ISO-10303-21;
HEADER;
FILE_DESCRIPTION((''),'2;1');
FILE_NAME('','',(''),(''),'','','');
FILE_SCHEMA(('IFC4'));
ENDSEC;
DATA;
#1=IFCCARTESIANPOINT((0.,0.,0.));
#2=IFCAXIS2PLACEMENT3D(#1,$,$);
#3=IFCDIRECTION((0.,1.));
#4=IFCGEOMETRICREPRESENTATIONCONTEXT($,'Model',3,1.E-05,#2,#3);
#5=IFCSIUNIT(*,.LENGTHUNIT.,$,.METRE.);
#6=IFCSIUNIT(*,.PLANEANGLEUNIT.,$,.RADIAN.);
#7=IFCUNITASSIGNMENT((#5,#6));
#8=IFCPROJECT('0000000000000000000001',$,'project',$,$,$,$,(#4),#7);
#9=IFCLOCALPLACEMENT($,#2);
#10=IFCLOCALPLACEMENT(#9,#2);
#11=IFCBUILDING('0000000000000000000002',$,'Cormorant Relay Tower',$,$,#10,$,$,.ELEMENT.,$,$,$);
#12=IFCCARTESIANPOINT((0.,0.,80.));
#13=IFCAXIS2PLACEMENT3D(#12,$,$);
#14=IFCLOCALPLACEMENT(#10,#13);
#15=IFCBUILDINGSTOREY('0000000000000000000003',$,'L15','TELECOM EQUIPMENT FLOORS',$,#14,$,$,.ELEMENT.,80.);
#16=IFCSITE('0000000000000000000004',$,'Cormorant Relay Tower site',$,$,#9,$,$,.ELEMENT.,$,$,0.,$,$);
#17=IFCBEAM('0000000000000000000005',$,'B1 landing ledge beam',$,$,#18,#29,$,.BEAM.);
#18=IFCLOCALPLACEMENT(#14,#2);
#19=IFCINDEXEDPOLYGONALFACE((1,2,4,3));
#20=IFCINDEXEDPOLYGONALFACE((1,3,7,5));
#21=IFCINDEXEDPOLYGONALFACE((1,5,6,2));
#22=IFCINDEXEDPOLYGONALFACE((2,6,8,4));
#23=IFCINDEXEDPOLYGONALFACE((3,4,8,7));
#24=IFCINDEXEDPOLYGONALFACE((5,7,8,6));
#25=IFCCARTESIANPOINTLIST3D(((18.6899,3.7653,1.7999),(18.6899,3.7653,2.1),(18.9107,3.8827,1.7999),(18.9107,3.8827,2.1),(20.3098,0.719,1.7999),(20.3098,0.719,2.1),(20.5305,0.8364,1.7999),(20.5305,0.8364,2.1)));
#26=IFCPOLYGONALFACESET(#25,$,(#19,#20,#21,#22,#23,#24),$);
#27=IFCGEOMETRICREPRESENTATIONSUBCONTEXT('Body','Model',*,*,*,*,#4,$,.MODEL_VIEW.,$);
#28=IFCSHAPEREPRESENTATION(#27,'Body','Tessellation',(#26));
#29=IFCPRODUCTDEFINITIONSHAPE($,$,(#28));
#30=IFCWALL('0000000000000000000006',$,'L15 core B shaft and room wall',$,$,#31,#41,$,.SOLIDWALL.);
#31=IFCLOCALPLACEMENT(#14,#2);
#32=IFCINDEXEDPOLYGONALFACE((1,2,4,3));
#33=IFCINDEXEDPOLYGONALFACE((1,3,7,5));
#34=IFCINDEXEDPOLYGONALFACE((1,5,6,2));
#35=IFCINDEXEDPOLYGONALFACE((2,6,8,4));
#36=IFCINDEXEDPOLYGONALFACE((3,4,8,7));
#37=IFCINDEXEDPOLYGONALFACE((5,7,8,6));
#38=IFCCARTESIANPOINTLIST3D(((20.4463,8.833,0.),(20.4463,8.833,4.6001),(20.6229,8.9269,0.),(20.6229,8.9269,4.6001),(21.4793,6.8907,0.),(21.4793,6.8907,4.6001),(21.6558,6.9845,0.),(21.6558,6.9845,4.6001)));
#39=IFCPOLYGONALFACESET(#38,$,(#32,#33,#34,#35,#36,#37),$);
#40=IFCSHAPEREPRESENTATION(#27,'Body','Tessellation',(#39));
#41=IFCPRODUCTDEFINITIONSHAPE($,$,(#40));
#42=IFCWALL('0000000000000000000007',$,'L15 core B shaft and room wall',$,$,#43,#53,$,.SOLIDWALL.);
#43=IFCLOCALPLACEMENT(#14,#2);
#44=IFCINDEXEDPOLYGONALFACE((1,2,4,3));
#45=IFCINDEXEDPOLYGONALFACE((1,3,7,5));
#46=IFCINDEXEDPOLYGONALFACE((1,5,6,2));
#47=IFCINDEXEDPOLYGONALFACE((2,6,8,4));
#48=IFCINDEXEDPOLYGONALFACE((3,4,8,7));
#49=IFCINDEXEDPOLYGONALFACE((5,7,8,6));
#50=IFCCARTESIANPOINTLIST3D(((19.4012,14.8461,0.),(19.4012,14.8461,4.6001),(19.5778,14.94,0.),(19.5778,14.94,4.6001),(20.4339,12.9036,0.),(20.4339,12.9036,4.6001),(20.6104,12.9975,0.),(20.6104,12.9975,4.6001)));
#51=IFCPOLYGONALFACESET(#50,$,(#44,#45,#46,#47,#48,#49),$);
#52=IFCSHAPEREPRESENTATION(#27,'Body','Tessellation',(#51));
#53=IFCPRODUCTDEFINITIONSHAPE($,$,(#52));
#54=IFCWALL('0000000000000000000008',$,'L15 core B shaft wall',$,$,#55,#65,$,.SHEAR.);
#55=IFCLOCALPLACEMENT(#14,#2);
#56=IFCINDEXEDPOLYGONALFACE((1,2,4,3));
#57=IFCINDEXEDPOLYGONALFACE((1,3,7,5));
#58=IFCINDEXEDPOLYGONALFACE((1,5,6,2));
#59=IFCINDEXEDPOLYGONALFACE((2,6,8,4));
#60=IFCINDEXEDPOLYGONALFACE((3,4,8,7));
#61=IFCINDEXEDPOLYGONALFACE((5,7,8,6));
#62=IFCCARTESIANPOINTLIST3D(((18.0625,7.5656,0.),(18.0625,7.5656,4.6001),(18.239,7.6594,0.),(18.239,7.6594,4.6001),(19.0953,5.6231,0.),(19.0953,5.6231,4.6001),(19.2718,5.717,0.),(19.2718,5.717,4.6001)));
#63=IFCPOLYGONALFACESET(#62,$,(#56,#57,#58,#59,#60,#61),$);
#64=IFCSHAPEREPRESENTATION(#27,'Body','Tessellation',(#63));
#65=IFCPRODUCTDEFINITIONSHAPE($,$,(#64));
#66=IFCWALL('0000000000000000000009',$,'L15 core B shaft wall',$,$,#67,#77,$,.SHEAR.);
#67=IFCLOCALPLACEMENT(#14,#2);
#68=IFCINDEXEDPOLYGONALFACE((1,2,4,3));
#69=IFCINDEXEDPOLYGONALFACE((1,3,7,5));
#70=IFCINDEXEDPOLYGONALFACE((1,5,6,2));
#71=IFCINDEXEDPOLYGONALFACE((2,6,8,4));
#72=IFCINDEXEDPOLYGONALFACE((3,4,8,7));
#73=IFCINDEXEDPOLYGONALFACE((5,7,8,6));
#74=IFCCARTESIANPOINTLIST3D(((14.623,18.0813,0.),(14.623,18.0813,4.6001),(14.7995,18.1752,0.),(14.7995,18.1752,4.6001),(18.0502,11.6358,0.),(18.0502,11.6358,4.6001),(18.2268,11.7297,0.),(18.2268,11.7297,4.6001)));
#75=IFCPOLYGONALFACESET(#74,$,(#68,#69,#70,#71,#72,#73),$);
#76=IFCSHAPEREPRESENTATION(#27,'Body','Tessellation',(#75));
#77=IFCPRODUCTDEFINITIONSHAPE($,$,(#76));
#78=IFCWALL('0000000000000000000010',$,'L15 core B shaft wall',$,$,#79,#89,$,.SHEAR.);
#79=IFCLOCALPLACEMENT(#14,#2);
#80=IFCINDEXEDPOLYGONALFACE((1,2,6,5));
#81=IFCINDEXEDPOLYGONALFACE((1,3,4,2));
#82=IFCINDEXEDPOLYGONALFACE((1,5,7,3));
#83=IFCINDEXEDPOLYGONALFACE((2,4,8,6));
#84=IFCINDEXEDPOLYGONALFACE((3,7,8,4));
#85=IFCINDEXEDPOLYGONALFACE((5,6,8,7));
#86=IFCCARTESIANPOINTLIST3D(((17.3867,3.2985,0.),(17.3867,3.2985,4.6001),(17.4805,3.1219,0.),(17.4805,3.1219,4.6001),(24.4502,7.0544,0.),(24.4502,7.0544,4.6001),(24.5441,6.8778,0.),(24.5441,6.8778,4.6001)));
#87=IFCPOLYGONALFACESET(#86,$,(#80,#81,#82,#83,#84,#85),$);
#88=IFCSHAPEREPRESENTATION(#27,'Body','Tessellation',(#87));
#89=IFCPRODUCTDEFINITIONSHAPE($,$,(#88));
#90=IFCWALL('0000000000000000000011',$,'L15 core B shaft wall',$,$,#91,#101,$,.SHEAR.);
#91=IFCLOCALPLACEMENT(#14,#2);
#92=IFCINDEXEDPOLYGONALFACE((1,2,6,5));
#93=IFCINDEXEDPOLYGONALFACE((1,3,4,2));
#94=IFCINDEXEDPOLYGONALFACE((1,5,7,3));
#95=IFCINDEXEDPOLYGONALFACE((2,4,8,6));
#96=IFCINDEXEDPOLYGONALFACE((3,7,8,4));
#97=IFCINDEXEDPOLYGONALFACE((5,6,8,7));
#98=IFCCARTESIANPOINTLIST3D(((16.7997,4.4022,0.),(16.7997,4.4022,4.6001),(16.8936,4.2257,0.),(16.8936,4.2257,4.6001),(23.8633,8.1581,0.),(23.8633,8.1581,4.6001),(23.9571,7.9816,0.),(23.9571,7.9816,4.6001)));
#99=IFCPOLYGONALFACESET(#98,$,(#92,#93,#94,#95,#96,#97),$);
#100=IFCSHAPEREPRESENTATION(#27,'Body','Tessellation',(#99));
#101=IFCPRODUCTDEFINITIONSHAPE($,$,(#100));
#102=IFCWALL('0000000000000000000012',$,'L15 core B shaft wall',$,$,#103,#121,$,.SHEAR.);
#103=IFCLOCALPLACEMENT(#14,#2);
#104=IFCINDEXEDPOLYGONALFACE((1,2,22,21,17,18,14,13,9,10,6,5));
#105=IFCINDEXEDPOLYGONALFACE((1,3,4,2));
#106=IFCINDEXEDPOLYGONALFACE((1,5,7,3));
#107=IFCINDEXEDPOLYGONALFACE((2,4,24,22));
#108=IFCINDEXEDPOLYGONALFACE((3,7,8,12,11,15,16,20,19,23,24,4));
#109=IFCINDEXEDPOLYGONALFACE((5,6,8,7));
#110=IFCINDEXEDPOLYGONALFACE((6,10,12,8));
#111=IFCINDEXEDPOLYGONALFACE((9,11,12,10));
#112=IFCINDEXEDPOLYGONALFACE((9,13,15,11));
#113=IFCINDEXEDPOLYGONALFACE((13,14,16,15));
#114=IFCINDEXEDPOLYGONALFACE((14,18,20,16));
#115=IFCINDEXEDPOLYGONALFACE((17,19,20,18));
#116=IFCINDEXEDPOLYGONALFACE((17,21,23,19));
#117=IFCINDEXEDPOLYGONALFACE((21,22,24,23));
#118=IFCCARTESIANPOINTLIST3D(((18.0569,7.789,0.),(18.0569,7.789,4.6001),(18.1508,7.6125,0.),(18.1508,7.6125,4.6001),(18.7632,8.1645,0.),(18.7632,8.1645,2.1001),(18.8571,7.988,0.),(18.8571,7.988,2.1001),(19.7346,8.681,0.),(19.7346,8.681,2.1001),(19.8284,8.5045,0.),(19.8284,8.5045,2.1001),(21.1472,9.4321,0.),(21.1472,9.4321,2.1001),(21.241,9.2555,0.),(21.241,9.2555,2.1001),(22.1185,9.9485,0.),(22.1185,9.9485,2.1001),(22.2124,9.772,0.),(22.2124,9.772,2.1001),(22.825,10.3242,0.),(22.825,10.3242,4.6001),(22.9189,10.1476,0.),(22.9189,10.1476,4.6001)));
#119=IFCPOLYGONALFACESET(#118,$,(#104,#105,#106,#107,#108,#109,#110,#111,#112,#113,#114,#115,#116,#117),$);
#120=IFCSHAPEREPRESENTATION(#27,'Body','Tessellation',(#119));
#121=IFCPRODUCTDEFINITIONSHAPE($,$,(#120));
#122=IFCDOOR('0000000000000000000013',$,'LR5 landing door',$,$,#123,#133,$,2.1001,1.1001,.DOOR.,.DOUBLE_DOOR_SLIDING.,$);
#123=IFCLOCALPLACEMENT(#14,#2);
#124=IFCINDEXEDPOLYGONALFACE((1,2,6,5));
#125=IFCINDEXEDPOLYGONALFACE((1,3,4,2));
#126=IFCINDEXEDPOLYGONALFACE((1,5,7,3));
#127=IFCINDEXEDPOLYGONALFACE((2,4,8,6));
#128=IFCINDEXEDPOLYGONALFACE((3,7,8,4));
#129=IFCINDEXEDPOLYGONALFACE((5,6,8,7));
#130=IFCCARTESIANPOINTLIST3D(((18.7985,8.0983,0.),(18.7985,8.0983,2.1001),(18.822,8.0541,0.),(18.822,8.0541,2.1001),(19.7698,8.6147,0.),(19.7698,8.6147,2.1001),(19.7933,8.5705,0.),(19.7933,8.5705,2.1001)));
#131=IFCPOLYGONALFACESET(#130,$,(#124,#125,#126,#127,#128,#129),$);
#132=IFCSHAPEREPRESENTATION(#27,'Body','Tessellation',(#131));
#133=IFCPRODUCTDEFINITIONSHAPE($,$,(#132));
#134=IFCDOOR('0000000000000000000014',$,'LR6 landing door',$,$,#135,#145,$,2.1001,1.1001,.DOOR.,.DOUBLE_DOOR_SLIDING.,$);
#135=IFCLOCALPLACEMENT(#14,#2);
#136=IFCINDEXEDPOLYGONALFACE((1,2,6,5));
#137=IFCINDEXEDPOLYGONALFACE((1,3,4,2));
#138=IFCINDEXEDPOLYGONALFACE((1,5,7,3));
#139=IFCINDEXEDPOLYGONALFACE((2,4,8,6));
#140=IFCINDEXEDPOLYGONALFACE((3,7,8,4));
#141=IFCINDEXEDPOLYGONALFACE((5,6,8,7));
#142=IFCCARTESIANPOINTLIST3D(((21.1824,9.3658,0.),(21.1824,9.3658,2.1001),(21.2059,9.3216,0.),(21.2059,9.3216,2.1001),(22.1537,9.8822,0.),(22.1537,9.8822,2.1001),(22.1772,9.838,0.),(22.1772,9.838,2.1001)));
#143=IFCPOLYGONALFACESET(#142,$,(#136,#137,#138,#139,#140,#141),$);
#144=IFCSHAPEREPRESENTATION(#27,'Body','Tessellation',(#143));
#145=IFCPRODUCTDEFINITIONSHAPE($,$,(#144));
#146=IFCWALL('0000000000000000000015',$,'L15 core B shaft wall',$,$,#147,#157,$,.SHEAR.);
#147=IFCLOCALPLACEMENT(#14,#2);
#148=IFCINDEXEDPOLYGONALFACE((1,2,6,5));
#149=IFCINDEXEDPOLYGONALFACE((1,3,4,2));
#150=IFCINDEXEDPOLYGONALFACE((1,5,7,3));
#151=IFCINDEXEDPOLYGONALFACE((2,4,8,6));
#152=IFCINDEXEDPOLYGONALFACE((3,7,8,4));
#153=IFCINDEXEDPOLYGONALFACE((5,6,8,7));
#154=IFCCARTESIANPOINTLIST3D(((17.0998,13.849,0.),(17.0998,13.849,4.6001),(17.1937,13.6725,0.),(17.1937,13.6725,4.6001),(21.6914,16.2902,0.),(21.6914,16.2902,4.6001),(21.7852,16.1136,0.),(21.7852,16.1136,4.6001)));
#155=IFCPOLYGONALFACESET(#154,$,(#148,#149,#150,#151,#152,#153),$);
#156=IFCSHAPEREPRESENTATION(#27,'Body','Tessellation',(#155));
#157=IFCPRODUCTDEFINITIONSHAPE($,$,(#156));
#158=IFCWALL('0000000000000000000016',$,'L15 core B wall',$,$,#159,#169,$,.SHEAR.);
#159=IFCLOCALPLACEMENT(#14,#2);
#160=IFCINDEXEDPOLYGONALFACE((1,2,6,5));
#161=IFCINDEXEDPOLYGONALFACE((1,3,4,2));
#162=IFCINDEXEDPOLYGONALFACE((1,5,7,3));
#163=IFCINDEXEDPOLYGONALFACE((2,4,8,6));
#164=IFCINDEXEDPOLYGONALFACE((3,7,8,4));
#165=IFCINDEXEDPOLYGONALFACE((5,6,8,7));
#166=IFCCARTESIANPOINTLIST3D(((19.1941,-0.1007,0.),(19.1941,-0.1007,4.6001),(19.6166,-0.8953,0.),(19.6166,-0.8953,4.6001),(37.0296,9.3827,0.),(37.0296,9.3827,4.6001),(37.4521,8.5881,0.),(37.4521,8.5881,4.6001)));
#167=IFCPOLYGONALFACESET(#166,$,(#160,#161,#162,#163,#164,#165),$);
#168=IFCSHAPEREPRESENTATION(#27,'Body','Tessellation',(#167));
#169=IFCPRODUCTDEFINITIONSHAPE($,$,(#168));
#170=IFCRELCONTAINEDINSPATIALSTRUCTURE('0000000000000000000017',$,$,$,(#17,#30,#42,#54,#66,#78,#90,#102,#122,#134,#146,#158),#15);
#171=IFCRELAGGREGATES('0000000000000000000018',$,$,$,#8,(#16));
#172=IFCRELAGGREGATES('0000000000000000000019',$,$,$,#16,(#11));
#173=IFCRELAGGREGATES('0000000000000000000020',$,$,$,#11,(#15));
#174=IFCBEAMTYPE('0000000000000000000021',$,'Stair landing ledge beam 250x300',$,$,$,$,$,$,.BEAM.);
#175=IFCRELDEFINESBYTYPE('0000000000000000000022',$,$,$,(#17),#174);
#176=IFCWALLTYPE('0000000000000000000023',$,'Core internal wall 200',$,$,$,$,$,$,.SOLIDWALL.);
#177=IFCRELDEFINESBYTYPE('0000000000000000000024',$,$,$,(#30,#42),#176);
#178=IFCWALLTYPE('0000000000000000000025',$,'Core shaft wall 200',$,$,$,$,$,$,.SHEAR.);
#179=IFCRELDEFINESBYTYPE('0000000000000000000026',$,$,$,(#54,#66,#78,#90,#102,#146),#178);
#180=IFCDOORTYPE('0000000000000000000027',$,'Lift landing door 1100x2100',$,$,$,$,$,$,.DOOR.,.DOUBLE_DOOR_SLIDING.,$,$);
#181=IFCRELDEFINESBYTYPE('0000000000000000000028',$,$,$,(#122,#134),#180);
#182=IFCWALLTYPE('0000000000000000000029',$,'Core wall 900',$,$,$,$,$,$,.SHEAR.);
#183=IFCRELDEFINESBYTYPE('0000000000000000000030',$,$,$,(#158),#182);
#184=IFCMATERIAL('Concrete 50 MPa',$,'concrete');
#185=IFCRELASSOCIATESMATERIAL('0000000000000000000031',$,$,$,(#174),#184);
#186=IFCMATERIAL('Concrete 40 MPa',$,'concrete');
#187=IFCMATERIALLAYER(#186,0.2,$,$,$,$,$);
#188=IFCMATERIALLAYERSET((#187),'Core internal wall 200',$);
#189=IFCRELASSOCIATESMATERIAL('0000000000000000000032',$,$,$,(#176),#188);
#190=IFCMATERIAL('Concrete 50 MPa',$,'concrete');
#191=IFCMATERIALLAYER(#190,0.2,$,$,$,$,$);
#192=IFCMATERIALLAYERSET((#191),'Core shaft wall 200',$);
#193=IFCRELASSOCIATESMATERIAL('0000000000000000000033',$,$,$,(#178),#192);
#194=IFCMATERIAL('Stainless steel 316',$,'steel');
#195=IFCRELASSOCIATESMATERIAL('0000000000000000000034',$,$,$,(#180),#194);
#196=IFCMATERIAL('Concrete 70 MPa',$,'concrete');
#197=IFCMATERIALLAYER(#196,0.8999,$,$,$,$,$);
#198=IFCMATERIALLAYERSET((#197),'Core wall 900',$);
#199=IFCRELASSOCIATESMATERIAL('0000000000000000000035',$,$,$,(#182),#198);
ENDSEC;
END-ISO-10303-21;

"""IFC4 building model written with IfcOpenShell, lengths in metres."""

from ifc_helpers import new_model, si_unit, direction, frame, frame_2d, origin, origin_2d, place, context, subcontext, project, spatial, rectangle, extrude, material, layer, layer_set, material_profile, profile_set, type_object, element, fill, save


model = new_model("IFC4")

# Units and contexts
model_context = context("Model", 3, precision=1e-05, world=origin(), true_north=direction((0.0, 1.0)))
body_context = subcontext(model_context, "Body", "Model", "MODEL_VIEW")
ifc_project = project(units=[si_unit("LENGTHUNIT", "METRE"), si_unit("PLANEANGLEUNIT", "RADIAN")], contexts=[model_context])

# Site, building, storey
site_placement = place(None, origin())
site = spatial("IfcSite", under=ifc_project, at=site_placement, Name="Cormorant Relay Tower site", CompositionType="ELEMENT", RefElevation=0.0)
building_placement = place(site_placement, origin())
building = spatial("IfcBuilding", under=site, at=building_placement, Name="Cormorant Relay Tower", CompositionType="ELEMENT")
storey_placement = place(building_placement, frame((0.0, 0.0, 80.0)))
storey = spatial("IfcBuildingStorey", under=building, at=storey_placement, Name="L15", Description="TELECOM EQUIPMENT FLOORS", CompositionType="ELEMENT", Elevation=80.0)

# Beam
ifc_material_1 = material(Name="Concrete 50 MPa", Category="concrete")
ifc_material_profile = material_profile(ifc_material_1, rectangle(XDim=0.25, YDim=0.3, at=origin_2d()), Name="RC 250x300")
ifc_profile_set = profile_set([ifc_material_profile], Name="Concrete 50 MPa")
beam_type = type_object("IfcBeamType", Name="Stair landing ledge beam 250x300", PredefinedType="BEAM", material=ifc_profile_set)
beam_placement = place(storey_placement, frame((18.8003, 3.824, 1.95), z_axis=(0.46949, -0.882938, 0.0), x_axis=(0.882938, 0.46949, 0.0)))
element("IfcBeam", 1, at=beam_placement, inside=storey, type_object=beam_type, Name="B1 landing ledge beam", PredefinedType="BEAM", context=body_context, shape_type="SweptSolid", body=[
    extrude(rectangle(XDim=0.25, YDim=0.3, at=origin_2d()), origin(), (0.0, 0.0, 1.0), 3.4502),
])

# Walls
ifc_material_2 = material(Name="Concrete 40 MPa", Category="concrete")
ifc_layer_1 = layer(ifc_material_2, 0.2)
ifc_layer_set_1 = layer_set([ifc_layer_1], Name="Core internal wall 200")
wall_type_1 = type_object("IfcWallType", Name="Core internal wall 200", PredefinedType="SOLIDWALL", material=ifc_layer_set_1)
for number, where, z_axis, x_axis, name in (
    (2, (21.5676, 6.9375, 0.0), (0.0, 0.0, 1.0), (-0.469534, 0.882914, 0.0), "L15 core B shaft and room wall"),
    (3, (20.5222, 12.9504, 0.0), (0.0, 0.0, 1.0), (-0.469401, 0.882985, 0.0), "L15 core B shaft and room wall"),
):
    element("IfcWall", number, at=place(storey_placement, frame(where, z_axis=z_axis, x_axis=x_axis)), inside=storey, type_object=wall_type_1, Name=name, PredefinedType="SOLIDWALL", context=body_context, shape_type="SweptSolid", body=[
        extrude(rectangle(XDim=2.2, YDim=0.2, at=frame_2d((1.1001, 0.0))), origin(), (0.0, 0.0, 1.0), 4.6001),
    ])
ifc_material_3 = material(Name="Concrete 50 MPa", Category="concrete")
ifc_layer_2 = layer(ifc_material_3, 0.2)
ifc_layer_set_2 = layer_set([ifc_layer_2], Name="Core shaft wall 200")
wall_type_2 = type_object("IfcWallType", Name="Core shaft wall 200", PredefinedType="SHEAR", material=ifc_layer_set_2)
wall_1_placement = place(storey_placement, frame((19.1836, 5.6699, 0.0), z_axis=(0.0, 0.0, 1.0), x_axis=(-0.469447, 0.88296, 0.0)))
element("IfcWall", 4, at=wall_1_placement, inside=storey, type_object=wall_type_2, Name="L15 core B shaft wall", PredefinedType="SHEAR", context=body_context, shape_type="SweptSolid", body=[
    extrude(rectangle(XDim=2.2, YDim=0.2, at=frame_2d((1.1001, 0.0))), origin(), (0.0, 0.0, 1.0), 4.6001),
])
wall_2_placement = place(storey_placement, frame((18.1384, 11.6829, 0.0), z_axis=(0.0, 0.0, 1.0), x_axis=(-0.46948, 0.882943, 0.0)))
element("IfcWall", 5, at=wall_2_placement, inside=storey, type_object=wall_type_2, Name="L15 core B shaft wall", PredefinedType="SHEAR", context=body_context, shape_type="SweptSolid", body=[
    extrude(rectangle(XDim=7.3, YDim=0.2, at=frame_2d((3.6499, 0.0))), origin(), (0.0, 0.0, 1.0), 4.6001),
])
for number, where, z_axis, x_axis, name in (
    (6, (17.4336, 3.2102, 0.0), (0.0, 0.0, 1.0), (0.88294, 0.469485, 0.0), "L15 core B shaft wall"),
    (7, (16.8467, 4.314, 0.0), (0.0, 0.0, 1.0), (0.88294, 0.469485, 0.0), "L15 core B shaft wall"),
):
    element("IfcWall", number, at=place(storey_placement, frame(where, z_axis=z_axis, x_axis=x_axis)), inside=storey, type_object=wall_type_2, Name=name, PredefinedType="SHEAR", context=body_context, shape_type="SweptSolid", body=[
        extrude(rectangle(XDim=8.0, YDim=0.2, at=frame_2d((4.0, 0.0))), origin(), (0.0, 0.0, 1.0), 4.6001),
    ])

# Wall, openings, doors
wall_3_placement = place(storey_placement, frame((18.1038, 7.7007, 0.0), z_axis=(0.0, 0.0, 1.0), x_axis=(0.882953, 0.469462, 0.0)))
wall_3 = element("IfcWall", 8, at=wall_3_placement, inside=storey, type_object=wall_type_2, Name="L15 core B shaft wall", PredefinedType="SHEAR", context=body_context, shape_type="SweptSolid", body=[
    extrude(rectangle(XDim=5.4001, YDim=0.2, at=frame_2d((2.7002, 0.0))), origin(), (0.0, 0.0, 1.0), 4.6001),
])
opening_1_placement = place(wall_3_placement, frame((0.8, 0.0, 0.0)))
opening_1 = element("IfcOpeningElement", 9, at=opening_1_placement, cuts=wall_3, PredefinedType="OPENING", context=body_context, shape_type="SweptSolid", body=[
    extrude(rectangle(XDim=1.1001, YDim=2.1001, at=frame_2d((0.55, 1.05))), frame((0.0, 0.1099, 0.0), z_axis=(0.0, -1.0, 0.0), x_axis=(1.0, 0.0, 0.0)), (0.0, 0.0, 1.0), 0.22),
])
opening_2_placement = place(wall_3_placement, frame((3.5, 0.0, 0.0)))
opening_2 = element("IfcOpeningElement", 10, at=opening_2_placement, cuts=wall_3, PredefinedType="OPENING", context=body_context, shape_type="SweptSolid", body=[
    extrude(rectangle(XDim=1.1001, YDim=2.1001, at=frame_2d((0.55, 1.05))), frame((0.0, 0.1099, 0.0), z_axis=(0.0, -1.0, 0.0), x_axis=(1.0, 0.0, 0.0)), (0.0, 0.0, 1.0), 0.22),
])
ifc_material_4 = material(Name="Stainless steel 316", Category="steel")
door_type_1 = type_object("IfcDoorType", Name="Lift landing door 1100x2100", OperationType="DOUBLE_DOOR_SLIDING", PredefinedType="DOOR", material=ifc_material_4)
door_1_placement = place(opening_1_placement, origin())
door_1 = element("IfcDoor", 11, at=door_1_placement, inside=storey, type_object=door_type_1, Name="LR5 landing door", OperationType="DOUBLE_DOOR_SLIDING", OverallHeight=2.1001, OverallWidth=1.1001, PredefinedType="DOOR", context=body_context, shape_type="SweptSolid", body=[
    extrude(rectangle(XDim=1.1001, YDim=2.1001, at=frame_2d((0.55, 1.05))), frame((0.0, 0.0249, 0.0), z_axis=(0.0, -1.0, 0.0), x_axis=(1.0, 0.0, 0.0)), (0.0, 0.0, 1.0), 0.05),
])
fill(opening_1, door_1)
door_2_placement = place(opening_2_placement, origin())
door_2 = element("IfcDoor", 12, at=door_2_placement, inside=storey, type_object=door_type_1, Name="LR6 landing door", OperationType="DOUBLE_DOOR_SLIDING", OverallHeight=2.1001, OverallWidth=1.1001, PredefinedType="DOOR", context=body_context, shape_type="SweptSolid", body=[
    extrude(rectangle(XDim=1.1001, YDim=2.1001, at=frame_2d((0.55, 1.05))), frame((0.0, 0.0249, 0.0), z_axis=(0.0, -1.0, 0.0), x_axis=(1.0, 0.0, 0.0)), (0.0, 0.0, 1.0), 0.05),
])
fill(opening_2, door_2)

# Wall
wall_4_placement = place(storey_placement, frame((17.1467, 13.7607, 0.0), z_axis=(0.0, 0.0, 1.0), x_axis=(0.882964, 0.46944, 0.0)))
element("IfcWall", 13, at=wall_4_placement, inside=storey, type_object=wall_type_2, Name="L15 core B shaft wall", PredefinedType="SHEAR", context=body_context, shape_type="SweptSolid", body=[
    extrude(rectangle(XDim=5.2002, YDim=0.2, at=frame_2d((2.6001, 0.0))), origin(), (0.0, 0.0, 1.0), 4.6001),
])

# Shared definitions
ifc_material_5 = material(Name="Concrete 70 MPa", Category="concrete")
ifc_layer_3 = layer(ifc_material_5, 0.8999)
ifc_layer_set_3 = layer_set([ifc_layer_3], Name="Core wall 900")
wall_type_3 = type_object("IfcWallType", Name="Core wall 900", PredefinedType="SHEAR", material=ifc_layer_set_3)

# Wall
wall_5_placement = place(storey_placement, frame((19.4053, -0.498, 0.0), z_axis=(0.0, 0.0, 1.0), x_axis=(0.882945, 0.469476, 0.0)))
element("IfcWall", 14, at=wall_5_placement, inside=storey, type_object=wall_type_3, Name="L15 core B wall", PredefinedType="SHEAR", context=body_context, shape_type="SweptSolid", body=[
    extrude(rectangle(XDim=20.2, YDim=0.8999, at=frame_2d((10.1001, 0.0))), origin(), (0.0, 0.0, 1.0), 4.6001),
])

save(model, "model.ifc")
